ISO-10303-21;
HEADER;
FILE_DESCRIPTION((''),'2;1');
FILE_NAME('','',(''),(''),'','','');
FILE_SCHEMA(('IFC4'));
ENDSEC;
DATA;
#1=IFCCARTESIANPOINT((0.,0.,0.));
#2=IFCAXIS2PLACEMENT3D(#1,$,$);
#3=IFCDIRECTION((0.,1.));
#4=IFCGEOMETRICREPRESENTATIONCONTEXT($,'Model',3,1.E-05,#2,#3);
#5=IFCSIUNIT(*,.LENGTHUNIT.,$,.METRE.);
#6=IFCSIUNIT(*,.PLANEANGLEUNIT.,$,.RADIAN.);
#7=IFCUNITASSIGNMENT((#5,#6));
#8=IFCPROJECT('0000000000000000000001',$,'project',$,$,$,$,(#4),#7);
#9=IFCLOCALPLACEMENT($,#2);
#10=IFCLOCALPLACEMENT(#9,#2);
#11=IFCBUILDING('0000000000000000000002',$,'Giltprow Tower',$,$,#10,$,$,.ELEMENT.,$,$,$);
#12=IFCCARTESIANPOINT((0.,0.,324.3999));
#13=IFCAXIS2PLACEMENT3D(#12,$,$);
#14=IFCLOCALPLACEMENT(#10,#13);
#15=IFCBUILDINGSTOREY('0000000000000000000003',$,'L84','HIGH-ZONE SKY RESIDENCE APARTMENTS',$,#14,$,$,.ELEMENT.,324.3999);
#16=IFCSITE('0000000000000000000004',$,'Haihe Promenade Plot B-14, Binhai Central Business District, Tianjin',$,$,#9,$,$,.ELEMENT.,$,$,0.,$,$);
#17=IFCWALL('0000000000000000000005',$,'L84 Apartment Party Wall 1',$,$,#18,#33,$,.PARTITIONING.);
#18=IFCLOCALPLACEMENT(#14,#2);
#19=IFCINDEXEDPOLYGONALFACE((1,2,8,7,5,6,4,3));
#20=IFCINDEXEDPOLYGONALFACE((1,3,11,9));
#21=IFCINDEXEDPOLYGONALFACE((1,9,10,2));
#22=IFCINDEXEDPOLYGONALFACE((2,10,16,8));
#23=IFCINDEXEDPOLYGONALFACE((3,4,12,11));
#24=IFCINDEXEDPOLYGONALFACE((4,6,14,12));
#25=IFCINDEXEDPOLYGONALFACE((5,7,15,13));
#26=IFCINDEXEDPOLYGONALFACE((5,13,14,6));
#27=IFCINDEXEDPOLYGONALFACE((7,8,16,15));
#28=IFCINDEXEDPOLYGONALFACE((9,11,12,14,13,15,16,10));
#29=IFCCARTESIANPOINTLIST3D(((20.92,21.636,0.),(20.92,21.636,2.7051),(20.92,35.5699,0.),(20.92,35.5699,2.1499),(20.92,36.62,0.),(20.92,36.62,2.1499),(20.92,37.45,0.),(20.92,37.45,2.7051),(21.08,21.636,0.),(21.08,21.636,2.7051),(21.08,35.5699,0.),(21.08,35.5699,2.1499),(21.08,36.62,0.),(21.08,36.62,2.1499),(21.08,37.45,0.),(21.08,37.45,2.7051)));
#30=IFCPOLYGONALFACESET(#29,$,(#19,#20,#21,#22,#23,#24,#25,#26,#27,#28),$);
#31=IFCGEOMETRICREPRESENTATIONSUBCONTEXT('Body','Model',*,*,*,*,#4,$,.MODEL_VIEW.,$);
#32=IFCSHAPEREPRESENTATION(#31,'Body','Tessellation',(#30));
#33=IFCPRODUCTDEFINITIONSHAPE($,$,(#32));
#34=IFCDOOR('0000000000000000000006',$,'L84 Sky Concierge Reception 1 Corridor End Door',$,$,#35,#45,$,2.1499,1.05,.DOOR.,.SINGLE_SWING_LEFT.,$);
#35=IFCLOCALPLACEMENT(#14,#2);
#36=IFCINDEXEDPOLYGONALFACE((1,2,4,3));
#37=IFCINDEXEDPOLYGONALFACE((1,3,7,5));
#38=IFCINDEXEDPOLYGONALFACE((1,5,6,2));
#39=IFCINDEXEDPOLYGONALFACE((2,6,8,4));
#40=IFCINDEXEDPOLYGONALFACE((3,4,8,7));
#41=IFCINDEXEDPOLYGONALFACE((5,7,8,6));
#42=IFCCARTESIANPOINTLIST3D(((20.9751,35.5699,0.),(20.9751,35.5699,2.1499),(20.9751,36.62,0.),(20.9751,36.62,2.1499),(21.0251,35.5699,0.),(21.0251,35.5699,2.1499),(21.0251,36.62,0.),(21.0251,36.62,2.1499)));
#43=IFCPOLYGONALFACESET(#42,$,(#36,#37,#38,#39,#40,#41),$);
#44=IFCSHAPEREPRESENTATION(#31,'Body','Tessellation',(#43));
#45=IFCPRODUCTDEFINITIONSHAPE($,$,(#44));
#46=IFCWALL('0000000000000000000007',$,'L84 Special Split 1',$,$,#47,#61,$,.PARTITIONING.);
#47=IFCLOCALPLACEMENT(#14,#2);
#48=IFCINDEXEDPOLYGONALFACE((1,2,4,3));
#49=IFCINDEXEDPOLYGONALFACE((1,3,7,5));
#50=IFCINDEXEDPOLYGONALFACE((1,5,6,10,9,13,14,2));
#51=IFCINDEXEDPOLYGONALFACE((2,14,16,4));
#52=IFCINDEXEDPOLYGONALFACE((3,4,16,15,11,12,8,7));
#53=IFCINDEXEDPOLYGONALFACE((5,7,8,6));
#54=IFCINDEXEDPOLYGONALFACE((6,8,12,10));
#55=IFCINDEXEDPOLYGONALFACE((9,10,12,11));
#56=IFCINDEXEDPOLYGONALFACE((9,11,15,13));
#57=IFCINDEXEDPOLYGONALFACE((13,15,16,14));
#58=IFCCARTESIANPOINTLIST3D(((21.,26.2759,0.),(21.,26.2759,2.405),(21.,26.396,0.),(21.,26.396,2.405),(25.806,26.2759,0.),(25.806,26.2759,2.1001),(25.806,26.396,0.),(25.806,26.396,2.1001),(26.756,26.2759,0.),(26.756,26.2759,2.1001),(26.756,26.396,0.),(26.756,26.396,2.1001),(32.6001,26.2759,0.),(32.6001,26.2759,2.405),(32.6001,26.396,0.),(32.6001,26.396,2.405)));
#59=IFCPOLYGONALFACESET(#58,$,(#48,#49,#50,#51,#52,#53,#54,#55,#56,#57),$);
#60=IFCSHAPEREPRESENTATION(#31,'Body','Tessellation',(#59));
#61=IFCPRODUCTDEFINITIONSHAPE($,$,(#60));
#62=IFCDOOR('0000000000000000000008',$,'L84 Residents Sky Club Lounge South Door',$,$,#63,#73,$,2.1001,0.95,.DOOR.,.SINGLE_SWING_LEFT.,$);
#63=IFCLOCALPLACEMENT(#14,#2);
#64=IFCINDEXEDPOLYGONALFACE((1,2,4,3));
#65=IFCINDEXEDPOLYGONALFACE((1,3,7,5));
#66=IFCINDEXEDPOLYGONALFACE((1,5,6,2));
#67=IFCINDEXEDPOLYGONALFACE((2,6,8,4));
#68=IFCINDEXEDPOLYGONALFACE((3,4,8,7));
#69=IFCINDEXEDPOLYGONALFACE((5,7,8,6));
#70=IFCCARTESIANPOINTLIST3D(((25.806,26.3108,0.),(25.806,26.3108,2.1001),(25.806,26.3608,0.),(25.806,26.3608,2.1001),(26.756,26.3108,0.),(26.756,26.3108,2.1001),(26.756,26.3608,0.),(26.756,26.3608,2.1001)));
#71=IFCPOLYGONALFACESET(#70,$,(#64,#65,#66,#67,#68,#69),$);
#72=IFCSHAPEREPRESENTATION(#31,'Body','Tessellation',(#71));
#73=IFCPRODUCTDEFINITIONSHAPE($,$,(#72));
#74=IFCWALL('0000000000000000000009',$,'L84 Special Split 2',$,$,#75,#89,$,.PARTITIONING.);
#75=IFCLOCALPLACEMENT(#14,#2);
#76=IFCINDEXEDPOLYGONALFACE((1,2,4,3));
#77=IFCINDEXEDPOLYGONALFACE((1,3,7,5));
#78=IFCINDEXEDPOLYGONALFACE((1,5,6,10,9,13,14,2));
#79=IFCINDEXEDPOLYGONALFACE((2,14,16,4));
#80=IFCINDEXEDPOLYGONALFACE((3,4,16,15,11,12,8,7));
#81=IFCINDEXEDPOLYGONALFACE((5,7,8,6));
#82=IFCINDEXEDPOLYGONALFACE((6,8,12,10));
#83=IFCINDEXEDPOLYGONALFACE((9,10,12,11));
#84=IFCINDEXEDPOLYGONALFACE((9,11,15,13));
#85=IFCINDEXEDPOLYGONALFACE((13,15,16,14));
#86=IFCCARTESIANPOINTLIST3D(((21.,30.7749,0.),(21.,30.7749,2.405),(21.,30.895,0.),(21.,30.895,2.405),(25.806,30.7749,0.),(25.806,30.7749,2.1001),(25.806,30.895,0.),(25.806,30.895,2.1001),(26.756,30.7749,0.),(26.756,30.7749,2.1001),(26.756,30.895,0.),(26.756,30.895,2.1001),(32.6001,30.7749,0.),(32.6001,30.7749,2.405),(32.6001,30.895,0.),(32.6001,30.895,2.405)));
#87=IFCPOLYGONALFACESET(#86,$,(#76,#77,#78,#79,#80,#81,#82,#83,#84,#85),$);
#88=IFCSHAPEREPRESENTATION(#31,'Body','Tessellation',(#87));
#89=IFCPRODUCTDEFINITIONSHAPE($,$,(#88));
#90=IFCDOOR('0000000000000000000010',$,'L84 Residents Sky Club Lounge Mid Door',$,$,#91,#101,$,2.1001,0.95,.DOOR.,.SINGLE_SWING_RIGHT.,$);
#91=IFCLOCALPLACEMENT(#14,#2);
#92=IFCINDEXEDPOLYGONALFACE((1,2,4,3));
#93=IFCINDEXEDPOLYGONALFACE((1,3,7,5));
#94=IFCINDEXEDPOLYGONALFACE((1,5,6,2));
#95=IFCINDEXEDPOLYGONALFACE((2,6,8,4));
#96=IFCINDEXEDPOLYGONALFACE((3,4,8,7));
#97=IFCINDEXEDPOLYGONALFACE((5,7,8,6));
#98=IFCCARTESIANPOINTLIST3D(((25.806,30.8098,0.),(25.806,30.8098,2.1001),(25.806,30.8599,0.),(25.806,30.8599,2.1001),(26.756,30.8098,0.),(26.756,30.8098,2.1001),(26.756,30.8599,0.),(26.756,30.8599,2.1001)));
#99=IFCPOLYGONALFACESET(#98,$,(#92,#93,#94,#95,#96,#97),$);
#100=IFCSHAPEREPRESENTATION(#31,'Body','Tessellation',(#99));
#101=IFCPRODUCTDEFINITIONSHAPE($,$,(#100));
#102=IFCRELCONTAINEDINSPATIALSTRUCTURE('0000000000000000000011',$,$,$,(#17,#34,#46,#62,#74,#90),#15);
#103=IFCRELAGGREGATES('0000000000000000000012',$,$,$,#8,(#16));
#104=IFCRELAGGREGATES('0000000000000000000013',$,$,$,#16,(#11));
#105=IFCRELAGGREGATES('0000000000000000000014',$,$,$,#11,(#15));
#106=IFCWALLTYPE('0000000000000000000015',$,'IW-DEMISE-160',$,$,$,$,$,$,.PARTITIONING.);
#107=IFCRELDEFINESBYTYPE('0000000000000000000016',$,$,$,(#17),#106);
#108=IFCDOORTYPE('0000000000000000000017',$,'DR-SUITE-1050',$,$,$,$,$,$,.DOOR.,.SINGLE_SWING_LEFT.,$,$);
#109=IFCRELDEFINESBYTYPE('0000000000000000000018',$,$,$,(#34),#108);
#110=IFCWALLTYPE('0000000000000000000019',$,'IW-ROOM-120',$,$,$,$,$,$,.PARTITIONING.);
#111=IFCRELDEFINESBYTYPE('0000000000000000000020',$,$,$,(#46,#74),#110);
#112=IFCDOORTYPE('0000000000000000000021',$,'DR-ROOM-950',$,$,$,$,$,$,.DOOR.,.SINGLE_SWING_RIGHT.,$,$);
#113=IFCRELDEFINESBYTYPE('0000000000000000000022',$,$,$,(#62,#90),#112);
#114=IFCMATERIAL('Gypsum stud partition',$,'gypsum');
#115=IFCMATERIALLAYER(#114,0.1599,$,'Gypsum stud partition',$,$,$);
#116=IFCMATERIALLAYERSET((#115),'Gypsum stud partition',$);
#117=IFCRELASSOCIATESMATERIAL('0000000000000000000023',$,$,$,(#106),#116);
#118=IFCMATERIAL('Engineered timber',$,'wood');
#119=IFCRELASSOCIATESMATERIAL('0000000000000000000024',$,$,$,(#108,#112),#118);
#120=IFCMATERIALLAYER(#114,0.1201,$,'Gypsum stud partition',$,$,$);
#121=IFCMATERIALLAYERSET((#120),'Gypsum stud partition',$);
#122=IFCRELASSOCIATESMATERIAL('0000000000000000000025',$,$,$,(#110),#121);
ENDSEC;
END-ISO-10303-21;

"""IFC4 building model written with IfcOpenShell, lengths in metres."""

from ifc_helpers import new_model, si_unit, direction, frame, frame_2d, origin, place, context, subcontext, project, spatial, rectangle, extrude, source, transform, mapped, material, layer, layer_set, type_object, element, fill, save


model = new_model("IFC4")

# Units and contexts
model_context = context("Model", 3, precision=1e-05, world=origin(), true_north=direction((0.0, 1.0)))
body_context = subcontext(model_context, "Body", "Model", "MODEL_VIEW")
ifc_project = project(units=[si_unit("LENGTHUNIT", "METRE"), si_unit("PLANEANGLEUNIT", "RADIAN")], contexts=[model_context])

# Site, building, storey
site_placement = place(None, origin())
site = spatial("IfcSite", under=ifc_project, at=site_placement, Name="Haihe Promenade Plot B-14, Binhai Central Business District, Tianjin", CompositionType="ELEMENT", RefElevation=0.0)
building_placement = place(site_placement, origin())
building = spatial("IfcBuilding", under=site, at=building_placement, Name="Giltprow Tower", CompositionType="ELEMENT")
storey_placement = place(building_placement, frame((0.0, 0.0, 324.3999)))
storey = spatial("IfcBuildingStorey", under=building, at=storey_placement, Name="L84", Description="HIGH-ZONE SKY RESIDENCE APARTMENTS", CompositionType="ELEMENT", Elevation=324.3999)

# Walls, openings, doors
ifc_material_1 = material(Name="Gypsum stud partition", Category="gypsum")
ifc_layer_1 = layer(ifc_material_1, 0.1599, Name="Gypsum stud partition")
ifc_layer_set_1 = layer_set([ifc_layer_1], Name="Gypsum stud partition")
wall_type_1 = type_object("IfcWallType", Name="IW-DEMISE-160", PredefinedType="PARTITIONING", material=ifc_layer_set_1)
wall_1_placement = place(storey_placement, frame((21.0, 21.636, 0.0), z_axis=(0.0, 0.0, 1.0), x_axis=(0.0, 1.0, 0.0)))
wall_1 = element("IfcWall", 1, at=wall_1_placement, inside=storey, type_object=wall_type_1, Name="L84 Apartment Party Wall 1", PredefinedType="PARTITIONING", context=body_context, shape_type="SweptSolid", body=[
    extrude(rectangle(XDim=15.814, YDim=0.1599, at=frame_2d((7.907, 0.0))), origin(), (0.0, 0.0, 1.0), 2.7051),
])
opening_1_placement = place(wall_1_placement, frame((13.9341, 0.0, 0.0)))
opening_1 = element("IfcOpeningElement", 2, at=opening_1_placement, cuts=wall_1, PredefinedType="OPENING", context=body_context, shape_type="SweptSolid", body=[
    extrude(rectangle(XDim=1.05, YDim=2.1499, at=frame_2d((0.5249, 1.075))), frame((0.0, 0.0898, 0.0), z_axis=(0.0, -1.0, 0.0), x_axis=(1.0, 0.0, 0.0)), (0.0, 0.0, 1.0), 0.1799),
])
ifc_material_2 = material(Name="Engineered timber", Category="wood")
door_type_1 = type_object("IfcDoorType", Name="DR-SUITE-1050", OperationType="SINGLE_SWING_LEFT", PredefinedType="DOOR", material=ifc_material_2)
shared_shape_1 = source(origin(), body_context, "Body", "SweptSolid", [
    extrude(rectangle(XDim=1.05, YDim=2.1499, at=frame_2d((0.5249, 1.075))), frame((0.0, 0.0249, 0.0), z_axis=(0.0, -1.0, 0.0), x_axis=(1.0, 0.0, 0.0)), (0.0, 0.0, 1.0), 0.05),
])
door_1_placement = place(opening_1_placement, origin())
door_1 = element("IfcDoor", 3, at=door_1_placement, inside=storey, type_object=door_type_1, Name="L84 Sky Concierge Reception 1 Corridor End Door", OperationType="SINGLE_SWING_LEFT", OverallHeight=2.1499, OverallWidth=1.05, PredefinedType="DOOR", context=body_context, shape_type="MappedRepresentation", body=[
    mapped(shared_shape_1, transform((0.0, 0.0, 0.0), x_axis=(1.0, 0.0, 0.0), y_axis=(0.0, 1.0, 0.0), z_axis=(0.0, 0.0, 1.0), scale=1.0)),
])
fill(opening_1, door_1)
ifc_layer_2 = layer(ifc_material_1, 0.1201, Name="Gypsum stud partition")
ifc_layer_set_2 = layer_set([ifc_layer_2], Name="Gypsum stud partition")
wall_type_2 = type_object("IfcWallType", Name="IW-ROOM-120", PredefinedType="PARTITIONING", material=ifc_layer_set_2)
wall_2_placement = place(storey_placement, frame((21.0, 26.3359, 0.0), z_axis=(0.0, 0.0, 1.0), x_axis=(1.0, 0.0, 0.0)))
wall_2 = element("IfcWall", 4, at=wall_2_placement, inside=storey, type_object=wall_type_2, Name="L84 Special Split 1", PredefinedType="PARTITIONING", context=body_context, shape_type="SweptSolid", body=[
    extrude(rectangle(XDim=11.6001, YDim=0.1201, at=frame_2d((5.8, 0.0))), origin(), (0.0, 0.0, 1.0), 2.405),
])
opening_2_placement = place(wall_2_placement, frame((4.8059, 0.0, 0.0)))
opening_2 = element("IfcOpeningElement", 5, at=opening_2_placement, cuts=wall_2, PredefinedType="OPENING", context=body_context, shape_type="SweptSolid", body=[
    extrude(rectangle(XDim=0.95, YDim=2.1001, at=frame_2d((0.4751, 1.05))), frame((0.0, 0.0701, 0.0), z_axis=(0.0, -1.0, 0.0), x_axis=(1.0, 0.0, 0.0)), (0.0, 0.0, 1.0), 0.1401),
])
door_type_2 = type_object("IfcDoorType", Name="DR-ROOM-950", OperationType="SINGLE_SWING_RIGHT", PredefinedType="DOOR", material=ifc_material_2)
shared_shape_2 = source(origin(), body_context, "Body", "SweptSolid", [
    extrude(rectangle(XDim=0.95, YDim=2.1001, at=frame_2d((0.4751, 1.05))), frame((0.0, 0.0249, 0.0), z_axis=(0.0, -1.0, 0.0), x_axis=(1.0, 0.0, 0.0)), (0.0, 0.0, 1.0), 0.05),
])
door_2_placement = place(opening_2_placement, origin())
door_2 = element("IfcDoor", 6, at=door_2_placement, inside=storey, type_object=door_type_2, Name="L84 Residents Sky Club Lounge South Door", OperationType="SINGLE_SWING_LEFT", OverallHeight=2.1001, OverallWidth=0.95, PredefinedType="DOOR", context=body_context, shape_type="MappedRepresentation", body=[
    mapped(shared_shape_2, transform((0.0, 0.0, 0.0), x_axis=(1.0, 0.0, 0.0), y_axis=(0.0, 1.0, 0.0), z_axis=(0.0, 0.0, 1.0), scale=1.0)),
])
fill(opening_2, door_2)
wall_3_placement = place(storey_placement, frame((21.0, 30.835, 0.0), z_axis=(0.0, 0.0, 1.0), x_axis=(1.0, 0.0, 0.0)))
wall_3 = element("IfcWall", 7, at=wall_3_placement, inside=storey, type_object=wall_type_2, Name="L84 Special Split 2", PredefinedType="PARTITIONING", context=body_context, shape_type="SweptSolid", body=[
    extrude(rectangle(XDim=11.6001, YDim=0.1201, at=frame_2d((5.8, 0.0))), origin(), (0.0, 0.0, 1.0), 2.405),
])
opening_3_placement = place(wall_3_placement, frame((4.8059, 0.0, 0.0)))
opening_3 = element("IfcOpeningElement", 8, at=opening_3_placement, cuts=wall_3, PredefinedType="OPENING", context=body_context, shape_type="SweptSolid", body=[
    extrude(rectangle(XDim=0.95, YDim=2.1001, at=frame_2d((0.4751, 1.05))), frame((0.0, 0.0701, 0.0), z_axis=(0.0, -1.0, 0.0), x_axis=(1.0, 0.0, 0.0)), (0.0, 0.0, 1.0), 0.1401),
])
door_3_placement = place(opening_3_placement, origin())
door_3 = element("IfcDoor", 9, at=door_3_placement, inside=storey, type_object=door_type_2, Name="L84 Residents Sky Club Lounge Mid Door", OperationType="SINGLE_SWING_RIGHT", OverallHeight=2.1001, OverallWidth=0.95, PredefinedType="DOOR", context=body_context, shape_type="MappedRepresentation", body=[
    mapped(shared_shape_2, transform((0.0, 0.0, 0.0), x_axis=(1.0, 0.0, 0.0), y_axis=(0.0, 1.0, 0.0), z_axis=(0.0, 0.0, 1.0), scale=1.0)),
])
fill(opening_3, door_3)

save(model, "model.ifc")
